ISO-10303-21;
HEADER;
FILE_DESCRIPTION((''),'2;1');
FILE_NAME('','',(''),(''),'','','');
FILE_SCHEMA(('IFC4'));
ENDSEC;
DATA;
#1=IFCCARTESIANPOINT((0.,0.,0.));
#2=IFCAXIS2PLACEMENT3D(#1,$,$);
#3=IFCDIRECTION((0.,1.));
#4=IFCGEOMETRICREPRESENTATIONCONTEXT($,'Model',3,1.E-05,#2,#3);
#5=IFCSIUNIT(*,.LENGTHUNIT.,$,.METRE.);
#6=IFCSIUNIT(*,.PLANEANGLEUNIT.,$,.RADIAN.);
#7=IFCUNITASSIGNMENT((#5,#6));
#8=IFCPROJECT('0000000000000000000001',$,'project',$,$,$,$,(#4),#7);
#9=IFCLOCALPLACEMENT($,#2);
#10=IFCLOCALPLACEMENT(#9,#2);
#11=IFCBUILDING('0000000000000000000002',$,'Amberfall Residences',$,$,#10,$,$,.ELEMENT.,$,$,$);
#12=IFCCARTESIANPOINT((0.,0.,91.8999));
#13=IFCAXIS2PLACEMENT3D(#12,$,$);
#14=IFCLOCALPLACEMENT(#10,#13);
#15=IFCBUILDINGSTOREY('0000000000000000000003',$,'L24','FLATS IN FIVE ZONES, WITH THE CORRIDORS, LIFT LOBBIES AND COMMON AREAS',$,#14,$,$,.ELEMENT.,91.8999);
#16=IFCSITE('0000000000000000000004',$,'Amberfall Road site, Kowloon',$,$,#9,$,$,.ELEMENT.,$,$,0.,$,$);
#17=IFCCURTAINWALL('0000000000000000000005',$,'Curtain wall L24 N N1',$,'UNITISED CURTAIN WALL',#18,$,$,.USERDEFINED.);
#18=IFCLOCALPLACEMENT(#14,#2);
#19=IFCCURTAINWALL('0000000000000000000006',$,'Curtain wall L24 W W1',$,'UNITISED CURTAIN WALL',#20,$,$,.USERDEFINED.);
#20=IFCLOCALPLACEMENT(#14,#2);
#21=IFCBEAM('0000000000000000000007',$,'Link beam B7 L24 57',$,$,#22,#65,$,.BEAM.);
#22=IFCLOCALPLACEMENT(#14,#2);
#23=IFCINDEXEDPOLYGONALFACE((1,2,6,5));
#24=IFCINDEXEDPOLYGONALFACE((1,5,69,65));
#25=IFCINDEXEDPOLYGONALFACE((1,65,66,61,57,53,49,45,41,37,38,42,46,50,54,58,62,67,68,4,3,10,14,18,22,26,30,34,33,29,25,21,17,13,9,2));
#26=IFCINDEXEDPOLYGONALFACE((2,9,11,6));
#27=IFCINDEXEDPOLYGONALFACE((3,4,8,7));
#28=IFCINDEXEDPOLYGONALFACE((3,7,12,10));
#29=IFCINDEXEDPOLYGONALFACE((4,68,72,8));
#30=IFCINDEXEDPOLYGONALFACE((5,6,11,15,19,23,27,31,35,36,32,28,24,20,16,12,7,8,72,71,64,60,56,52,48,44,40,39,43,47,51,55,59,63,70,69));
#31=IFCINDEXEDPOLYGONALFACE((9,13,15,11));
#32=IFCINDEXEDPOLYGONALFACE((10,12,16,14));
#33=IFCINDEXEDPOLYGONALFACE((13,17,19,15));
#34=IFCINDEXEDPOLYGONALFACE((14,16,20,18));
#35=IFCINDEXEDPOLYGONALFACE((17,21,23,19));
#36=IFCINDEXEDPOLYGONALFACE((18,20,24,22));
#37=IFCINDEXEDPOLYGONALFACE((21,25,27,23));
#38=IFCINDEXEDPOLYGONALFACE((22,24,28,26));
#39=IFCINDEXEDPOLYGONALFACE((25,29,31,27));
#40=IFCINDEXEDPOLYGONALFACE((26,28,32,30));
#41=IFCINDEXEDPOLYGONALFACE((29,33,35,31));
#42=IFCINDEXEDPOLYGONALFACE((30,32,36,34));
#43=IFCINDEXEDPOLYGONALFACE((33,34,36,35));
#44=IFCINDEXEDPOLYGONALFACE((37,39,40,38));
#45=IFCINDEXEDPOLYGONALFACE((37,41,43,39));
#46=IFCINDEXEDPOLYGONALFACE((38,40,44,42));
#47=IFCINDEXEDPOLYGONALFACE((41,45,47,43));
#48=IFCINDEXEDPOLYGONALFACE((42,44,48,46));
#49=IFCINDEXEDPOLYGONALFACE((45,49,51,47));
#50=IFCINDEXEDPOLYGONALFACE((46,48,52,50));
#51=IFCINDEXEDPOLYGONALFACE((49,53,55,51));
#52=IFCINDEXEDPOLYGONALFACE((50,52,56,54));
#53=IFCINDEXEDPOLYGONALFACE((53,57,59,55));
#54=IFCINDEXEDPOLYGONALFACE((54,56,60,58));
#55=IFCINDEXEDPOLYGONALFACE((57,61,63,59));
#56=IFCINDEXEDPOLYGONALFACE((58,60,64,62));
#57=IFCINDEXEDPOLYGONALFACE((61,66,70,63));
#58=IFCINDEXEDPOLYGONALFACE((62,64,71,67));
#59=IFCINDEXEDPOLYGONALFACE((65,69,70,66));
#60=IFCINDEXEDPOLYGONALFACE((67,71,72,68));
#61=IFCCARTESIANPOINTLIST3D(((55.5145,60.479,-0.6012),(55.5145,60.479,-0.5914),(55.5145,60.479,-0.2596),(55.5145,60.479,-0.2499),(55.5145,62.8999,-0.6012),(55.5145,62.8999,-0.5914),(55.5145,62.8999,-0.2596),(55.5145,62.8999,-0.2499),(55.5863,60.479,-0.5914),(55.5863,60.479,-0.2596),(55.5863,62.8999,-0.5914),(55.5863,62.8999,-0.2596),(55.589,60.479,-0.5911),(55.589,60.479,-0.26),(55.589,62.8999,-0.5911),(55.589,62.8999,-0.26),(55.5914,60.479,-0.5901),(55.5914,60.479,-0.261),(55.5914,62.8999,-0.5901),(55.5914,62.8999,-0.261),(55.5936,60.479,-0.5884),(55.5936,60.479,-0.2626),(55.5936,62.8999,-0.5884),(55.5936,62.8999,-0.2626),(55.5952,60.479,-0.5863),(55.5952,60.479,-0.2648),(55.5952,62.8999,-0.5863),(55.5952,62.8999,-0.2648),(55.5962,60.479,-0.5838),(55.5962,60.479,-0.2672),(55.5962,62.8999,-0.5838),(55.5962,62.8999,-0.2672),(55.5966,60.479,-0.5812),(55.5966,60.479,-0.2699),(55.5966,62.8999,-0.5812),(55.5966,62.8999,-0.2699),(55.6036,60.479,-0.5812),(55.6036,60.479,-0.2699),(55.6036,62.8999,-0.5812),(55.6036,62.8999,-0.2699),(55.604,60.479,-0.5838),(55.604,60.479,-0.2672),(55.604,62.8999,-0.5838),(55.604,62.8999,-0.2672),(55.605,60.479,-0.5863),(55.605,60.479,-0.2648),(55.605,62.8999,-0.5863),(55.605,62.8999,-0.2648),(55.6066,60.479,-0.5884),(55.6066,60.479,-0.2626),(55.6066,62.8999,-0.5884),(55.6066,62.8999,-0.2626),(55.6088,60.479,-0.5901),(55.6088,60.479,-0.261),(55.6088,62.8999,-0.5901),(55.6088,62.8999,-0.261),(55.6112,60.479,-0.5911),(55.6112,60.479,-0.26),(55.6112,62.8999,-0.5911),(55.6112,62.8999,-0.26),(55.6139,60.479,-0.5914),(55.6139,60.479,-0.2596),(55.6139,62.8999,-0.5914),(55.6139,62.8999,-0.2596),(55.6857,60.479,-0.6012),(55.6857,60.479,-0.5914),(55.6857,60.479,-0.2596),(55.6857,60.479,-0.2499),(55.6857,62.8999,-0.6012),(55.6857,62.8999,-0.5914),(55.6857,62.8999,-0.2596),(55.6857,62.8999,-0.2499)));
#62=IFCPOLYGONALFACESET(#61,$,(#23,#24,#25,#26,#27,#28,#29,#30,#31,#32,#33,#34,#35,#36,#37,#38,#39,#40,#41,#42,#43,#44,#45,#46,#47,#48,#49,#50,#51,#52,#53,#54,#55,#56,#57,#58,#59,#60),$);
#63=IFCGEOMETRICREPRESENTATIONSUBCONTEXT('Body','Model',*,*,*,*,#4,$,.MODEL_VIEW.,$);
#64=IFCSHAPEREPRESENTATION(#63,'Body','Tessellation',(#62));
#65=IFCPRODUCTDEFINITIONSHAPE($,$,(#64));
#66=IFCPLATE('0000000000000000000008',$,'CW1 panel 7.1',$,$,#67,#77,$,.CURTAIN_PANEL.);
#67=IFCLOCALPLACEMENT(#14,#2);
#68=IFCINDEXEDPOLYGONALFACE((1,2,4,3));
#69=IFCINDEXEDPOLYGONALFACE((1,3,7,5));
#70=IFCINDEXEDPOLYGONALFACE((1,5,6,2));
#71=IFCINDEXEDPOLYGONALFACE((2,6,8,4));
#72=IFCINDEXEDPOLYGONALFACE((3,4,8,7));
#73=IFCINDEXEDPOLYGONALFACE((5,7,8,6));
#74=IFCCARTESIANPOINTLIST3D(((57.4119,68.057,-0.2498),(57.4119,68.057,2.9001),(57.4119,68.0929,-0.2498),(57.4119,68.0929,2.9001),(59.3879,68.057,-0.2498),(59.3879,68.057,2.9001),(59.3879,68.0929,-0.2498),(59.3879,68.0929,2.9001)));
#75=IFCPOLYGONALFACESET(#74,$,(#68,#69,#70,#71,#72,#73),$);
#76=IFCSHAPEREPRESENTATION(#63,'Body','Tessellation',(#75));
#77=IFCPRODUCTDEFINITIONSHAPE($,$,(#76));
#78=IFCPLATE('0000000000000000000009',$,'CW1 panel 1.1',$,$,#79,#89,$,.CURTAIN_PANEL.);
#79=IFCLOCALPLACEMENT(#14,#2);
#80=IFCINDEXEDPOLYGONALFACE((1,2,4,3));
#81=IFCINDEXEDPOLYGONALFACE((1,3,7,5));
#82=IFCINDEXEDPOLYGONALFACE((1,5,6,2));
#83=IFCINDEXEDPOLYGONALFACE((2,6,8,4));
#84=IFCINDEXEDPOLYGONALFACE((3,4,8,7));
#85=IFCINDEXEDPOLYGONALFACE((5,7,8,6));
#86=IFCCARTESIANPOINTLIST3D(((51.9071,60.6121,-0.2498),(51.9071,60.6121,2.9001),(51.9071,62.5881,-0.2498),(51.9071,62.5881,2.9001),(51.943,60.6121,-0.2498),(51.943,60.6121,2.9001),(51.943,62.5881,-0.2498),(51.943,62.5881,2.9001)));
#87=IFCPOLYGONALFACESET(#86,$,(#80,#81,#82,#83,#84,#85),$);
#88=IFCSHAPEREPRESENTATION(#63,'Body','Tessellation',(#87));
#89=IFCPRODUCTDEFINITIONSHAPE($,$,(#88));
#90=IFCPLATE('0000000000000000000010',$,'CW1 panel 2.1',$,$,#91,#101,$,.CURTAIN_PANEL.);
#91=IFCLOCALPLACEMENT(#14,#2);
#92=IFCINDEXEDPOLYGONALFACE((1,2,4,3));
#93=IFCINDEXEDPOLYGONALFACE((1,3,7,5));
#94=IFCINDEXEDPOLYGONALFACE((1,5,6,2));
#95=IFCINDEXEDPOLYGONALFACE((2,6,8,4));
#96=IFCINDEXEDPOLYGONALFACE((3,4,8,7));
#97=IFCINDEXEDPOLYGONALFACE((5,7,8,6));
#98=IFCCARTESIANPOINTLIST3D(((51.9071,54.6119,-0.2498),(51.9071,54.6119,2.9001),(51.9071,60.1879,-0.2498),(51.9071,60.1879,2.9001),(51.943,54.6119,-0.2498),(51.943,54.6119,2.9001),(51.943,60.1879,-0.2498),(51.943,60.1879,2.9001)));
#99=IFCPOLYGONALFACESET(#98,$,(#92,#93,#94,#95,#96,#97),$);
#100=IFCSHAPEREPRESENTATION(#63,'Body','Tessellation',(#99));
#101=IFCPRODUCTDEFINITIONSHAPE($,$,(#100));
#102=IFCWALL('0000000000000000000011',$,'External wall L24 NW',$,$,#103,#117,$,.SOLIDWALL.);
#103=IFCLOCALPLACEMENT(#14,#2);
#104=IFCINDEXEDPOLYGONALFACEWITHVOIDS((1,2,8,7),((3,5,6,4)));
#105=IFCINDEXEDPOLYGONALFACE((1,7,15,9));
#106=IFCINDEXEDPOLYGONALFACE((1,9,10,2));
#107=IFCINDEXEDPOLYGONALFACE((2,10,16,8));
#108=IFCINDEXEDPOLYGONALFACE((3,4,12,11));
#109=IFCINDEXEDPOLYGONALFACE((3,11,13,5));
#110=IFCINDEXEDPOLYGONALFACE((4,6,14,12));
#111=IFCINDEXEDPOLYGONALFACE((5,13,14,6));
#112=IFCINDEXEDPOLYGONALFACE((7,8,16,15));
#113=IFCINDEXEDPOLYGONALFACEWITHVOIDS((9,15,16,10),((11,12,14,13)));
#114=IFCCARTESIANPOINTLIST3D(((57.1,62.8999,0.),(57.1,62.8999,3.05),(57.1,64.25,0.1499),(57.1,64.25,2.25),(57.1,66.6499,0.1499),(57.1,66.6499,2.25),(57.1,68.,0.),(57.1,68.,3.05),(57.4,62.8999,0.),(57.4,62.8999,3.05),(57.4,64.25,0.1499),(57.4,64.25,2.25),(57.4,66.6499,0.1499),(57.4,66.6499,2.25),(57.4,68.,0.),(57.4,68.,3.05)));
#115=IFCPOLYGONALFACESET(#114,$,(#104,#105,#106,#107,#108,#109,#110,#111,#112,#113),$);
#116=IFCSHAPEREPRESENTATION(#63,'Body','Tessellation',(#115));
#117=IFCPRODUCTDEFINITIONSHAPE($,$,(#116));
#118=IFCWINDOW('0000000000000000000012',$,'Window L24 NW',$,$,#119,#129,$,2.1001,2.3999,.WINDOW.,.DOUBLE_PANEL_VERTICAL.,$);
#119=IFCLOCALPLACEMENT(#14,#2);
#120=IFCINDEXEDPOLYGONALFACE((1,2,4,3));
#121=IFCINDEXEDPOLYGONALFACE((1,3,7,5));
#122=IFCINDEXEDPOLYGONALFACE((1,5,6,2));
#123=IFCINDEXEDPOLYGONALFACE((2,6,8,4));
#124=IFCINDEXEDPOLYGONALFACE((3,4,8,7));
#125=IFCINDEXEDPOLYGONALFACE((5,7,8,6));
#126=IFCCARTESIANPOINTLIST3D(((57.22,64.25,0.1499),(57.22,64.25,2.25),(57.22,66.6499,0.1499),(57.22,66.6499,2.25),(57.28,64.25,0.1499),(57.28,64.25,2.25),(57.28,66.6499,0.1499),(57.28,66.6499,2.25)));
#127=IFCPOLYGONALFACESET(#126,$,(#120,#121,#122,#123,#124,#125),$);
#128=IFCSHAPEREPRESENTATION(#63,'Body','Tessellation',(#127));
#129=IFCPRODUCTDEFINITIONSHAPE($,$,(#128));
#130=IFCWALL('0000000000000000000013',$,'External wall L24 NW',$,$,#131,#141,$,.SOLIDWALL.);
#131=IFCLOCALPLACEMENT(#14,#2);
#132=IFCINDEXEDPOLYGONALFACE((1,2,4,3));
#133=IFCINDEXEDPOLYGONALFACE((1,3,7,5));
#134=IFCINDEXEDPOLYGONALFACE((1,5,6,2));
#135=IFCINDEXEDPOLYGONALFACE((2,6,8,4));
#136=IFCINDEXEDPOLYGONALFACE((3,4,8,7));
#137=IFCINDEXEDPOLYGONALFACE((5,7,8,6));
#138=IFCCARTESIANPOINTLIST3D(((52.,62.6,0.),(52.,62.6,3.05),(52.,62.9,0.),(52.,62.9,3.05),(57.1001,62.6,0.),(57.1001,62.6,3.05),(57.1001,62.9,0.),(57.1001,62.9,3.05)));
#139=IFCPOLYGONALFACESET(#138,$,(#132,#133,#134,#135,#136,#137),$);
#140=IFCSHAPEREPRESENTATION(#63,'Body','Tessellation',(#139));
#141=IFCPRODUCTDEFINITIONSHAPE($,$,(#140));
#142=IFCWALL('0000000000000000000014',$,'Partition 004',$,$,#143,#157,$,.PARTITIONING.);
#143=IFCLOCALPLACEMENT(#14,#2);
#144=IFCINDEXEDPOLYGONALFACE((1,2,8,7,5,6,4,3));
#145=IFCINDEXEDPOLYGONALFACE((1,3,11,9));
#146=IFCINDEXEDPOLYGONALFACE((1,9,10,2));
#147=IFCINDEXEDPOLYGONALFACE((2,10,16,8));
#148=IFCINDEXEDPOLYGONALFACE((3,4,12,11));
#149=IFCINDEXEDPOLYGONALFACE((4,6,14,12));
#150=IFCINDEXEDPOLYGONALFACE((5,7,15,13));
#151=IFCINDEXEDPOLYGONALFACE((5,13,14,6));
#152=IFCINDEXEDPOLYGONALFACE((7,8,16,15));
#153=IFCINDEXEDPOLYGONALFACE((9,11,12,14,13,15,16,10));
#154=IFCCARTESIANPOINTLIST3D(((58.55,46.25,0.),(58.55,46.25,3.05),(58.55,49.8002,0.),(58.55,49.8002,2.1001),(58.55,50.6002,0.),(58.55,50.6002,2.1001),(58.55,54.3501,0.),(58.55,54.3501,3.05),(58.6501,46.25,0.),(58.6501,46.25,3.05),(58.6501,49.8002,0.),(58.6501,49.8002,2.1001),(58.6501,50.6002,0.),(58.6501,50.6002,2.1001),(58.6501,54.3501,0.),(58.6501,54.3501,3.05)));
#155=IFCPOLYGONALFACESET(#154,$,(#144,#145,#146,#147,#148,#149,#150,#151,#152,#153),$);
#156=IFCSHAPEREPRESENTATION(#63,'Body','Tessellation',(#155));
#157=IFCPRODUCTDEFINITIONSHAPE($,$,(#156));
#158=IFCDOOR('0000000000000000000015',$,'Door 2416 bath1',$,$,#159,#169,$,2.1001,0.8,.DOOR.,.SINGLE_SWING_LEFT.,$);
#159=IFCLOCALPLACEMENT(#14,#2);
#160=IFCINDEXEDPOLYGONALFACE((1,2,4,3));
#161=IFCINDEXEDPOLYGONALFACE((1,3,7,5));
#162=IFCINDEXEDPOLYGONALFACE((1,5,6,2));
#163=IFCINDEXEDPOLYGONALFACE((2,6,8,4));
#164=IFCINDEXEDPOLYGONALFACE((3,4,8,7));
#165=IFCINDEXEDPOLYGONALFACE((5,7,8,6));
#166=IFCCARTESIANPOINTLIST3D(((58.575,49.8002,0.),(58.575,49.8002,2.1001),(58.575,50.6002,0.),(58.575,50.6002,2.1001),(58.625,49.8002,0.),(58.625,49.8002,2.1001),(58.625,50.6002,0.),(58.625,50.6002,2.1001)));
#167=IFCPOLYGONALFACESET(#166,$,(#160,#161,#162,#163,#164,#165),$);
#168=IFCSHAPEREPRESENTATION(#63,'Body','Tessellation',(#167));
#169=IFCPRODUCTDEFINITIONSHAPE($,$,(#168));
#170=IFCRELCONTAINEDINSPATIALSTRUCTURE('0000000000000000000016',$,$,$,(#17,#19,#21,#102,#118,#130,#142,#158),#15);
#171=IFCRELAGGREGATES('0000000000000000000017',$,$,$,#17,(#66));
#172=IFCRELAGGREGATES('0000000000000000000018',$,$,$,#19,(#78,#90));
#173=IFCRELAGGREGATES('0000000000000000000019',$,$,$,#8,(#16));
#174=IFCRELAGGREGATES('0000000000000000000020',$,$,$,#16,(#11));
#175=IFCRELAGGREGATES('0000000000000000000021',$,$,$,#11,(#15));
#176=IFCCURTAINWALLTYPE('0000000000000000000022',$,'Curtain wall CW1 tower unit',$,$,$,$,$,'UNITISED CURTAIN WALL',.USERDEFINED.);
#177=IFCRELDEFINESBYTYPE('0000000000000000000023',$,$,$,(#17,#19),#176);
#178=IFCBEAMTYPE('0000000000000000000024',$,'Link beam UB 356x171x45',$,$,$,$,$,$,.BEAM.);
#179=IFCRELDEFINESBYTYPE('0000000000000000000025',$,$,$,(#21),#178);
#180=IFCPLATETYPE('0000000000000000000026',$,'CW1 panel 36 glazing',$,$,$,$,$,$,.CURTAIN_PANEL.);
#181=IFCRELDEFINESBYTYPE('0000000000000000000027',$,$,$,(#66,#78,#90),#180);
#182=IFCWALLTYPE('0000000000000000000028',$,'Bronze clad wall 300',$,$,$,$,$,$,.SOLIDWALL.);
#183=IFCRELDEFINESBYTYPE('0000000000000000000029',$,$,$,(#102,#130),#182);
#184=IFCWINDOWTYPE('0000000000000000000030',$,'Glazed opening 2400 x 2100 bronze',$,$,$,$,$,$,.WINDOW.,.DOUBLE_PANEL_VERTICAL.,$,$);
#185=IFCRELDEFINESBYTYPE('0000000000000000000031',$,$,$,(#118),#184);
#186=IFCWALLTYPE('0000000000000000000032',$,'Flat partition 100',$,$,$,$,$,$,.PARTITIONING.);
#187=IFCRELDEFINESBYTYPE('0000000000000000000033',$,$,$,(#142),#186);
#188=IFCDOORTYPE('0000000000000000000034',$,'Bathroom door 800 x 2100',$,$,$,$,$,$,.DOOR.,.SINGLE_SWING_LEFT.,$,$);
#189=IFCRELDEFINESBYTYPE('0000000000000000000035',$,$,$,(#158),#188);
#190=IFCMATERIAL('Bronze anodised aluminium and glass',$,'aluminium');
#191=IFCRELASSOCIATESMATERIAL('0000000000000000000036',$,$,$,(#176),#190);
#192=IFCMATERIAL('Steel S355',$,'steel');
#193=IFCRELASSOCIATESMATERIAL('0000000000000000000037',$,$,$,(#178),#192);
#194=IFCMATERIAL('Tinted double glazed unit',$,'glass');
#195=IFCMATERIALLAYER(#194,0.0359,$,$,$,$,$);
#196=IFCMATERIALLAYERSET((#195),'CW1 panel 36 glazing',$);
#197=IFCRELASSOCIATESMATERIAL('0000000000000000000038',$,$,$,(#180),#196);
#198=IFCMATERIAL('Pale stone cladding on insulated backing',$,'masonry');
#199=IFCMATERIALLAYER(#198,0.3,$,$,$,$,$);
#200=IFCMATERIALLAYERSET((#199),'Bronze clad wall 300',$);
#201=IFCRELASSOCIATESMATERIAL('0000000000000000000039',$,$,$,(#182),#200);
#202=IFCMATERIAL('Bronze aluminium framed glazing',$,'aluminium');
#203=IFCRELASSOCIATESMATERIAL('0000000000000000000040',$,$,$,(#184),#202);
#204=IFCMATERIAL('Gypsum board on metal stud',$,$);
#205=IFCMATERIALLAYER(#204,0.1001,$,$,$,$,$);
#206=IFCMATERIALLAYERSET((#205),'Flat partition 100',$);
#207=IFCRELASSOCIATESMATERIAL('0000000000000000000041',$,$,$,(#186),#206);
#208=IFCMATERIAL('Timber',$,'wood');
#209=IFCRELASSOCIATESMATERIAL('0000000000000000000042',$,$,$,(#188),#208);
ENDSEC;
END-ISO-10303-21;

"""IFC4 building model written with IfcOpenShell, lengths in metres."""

from ifc_helpers import new_model, si_unit, direction, frame, frame_2d, origin, origin_2d, place, context, subcontext, project, spatial, rectangle, i_section, extrude, material, layer, layer_set, material_profile, profile_set, type_object, element, fill, aggregate, save


model = new_model("IFC4")

# Units and contexts
model_context = context("Model", 3, precision=1e-05, world=origin(), true_north=direction((0.0, 1.0)))
body_context = subcontext(model_context, "Body", "Model", "MODEL_VIEW")
ifc_project = project(units=[si_unit("LENGTHUNIT", "METRE"), si_unit("PLANEANGLEUNIT", "RADIAN")], contexts=[model_context])

# Site, building, storey
site_placement = place(None, origin())
site = spatial("IfcSite", under=ifc_project, at=site_placement, Name="Amberfall Road site, Kowloon", CompositionType="ELEMENT", RefElevation=0.0)
building_placement = place(site_placement, origin())
building = spatial("IfcBuilding", under=site, at=building_placement, Name="Amberfall Residences", CompositionType="ELEMENT")
storey_placement = place(building_placement, frame((0.0, 0.0, 91.8999)))
storey = spatial("IfcBuildingStorey", under=building, at=storey_placement, Name="L24", Description="FLATS IN FIVE ZONES, WITH THE CORRIDORS, LIFT LOBBIES AND COMMON AREAS", CompositionType="ELEMENT", Elevation=91.8999)

# Curtain wall
ifc_material_1 = material(Name="Bronze anodised aluminium and glass", Category="aluminium")
curtain_wall_type = type_object("IfcCurtainWallType", Name="Curtain wall CW1 tower unit", ElementType="UNITISED CURTAIN WALL", PredefinedType="USERDEFINED", material=ifc_material_1)
curtain_wall_1_placement = place(storey_placement, origin())
curtain_wall_1 = element("IfcCurtainWall", 1, at=curtain_wall_1_placement, inside=storey, type_object=curtain_wall_type, Name="Curtain wall L24 N N1", ObjectType="UNITISED CURTAIN WALL", PredefinedType="USERDEFINED")

# Curtain wall
curtain_wall_2_placement = place(storey_placement, origin())
curtain_wall_2 = element("IfcCurtainWall", 2, at=curtain_wall_2_placement, inside=storey, type_object=curtain_wall_type, Name="Curtain wall L24 W W1", ObjectType="UNITISED CURTAIN WALL", PredefinedType="USERDEFINED")

# Shared definitions
ifc_material_2 = material(Name="Steel S355", Category="steel")

# Beam
ifc_material_profile_1 = material_profile(ifc_material_2, i_section(OverallWidth=0.1711, OverallDepth=0.3513, WebThickness=0.0071, FlangeThickness=0.0098, FilletRadius=0.0103, at=origin_2d()), Name="UB 356x171x45")
ifc_profile_set_1 = profile_set([ifc_material_profile_1], Name="Steel S355")
beam_type_1 = type_object("IfcBeamType", Name="Link beam UB 356x171x45", PredefinedType="BEAM", material=ifc_profile_set_1)
beam_1_placement = place(storey_placement, frame((55.6001, 62.8999, -0.4255), z_axis=(0.0, -1.0, 0.0), x_axis=(1.0, 0.0, 0.0)))
element("IfcBeam", 3, at=beam_1_placement, inside=storey, type_object=beam_type_1, Name="Link beam B7 L24 57", PredefinedType="BEAM", context=body_context, shape_type="SweptSolid", body=[
    extrude(i_section(OverallWidth=0.1711, OverallDepth=0.3513, WebThickness=0.0071, FlangeThickness=0.0098, FilletRadius=0.0103, at=origin_2d()), origin(), (0.0, 0.0, 1.0), 2.4209),
])

# Plates
ifc_material_3 = material(Name="Tinted double glazed unit", Category="glass")
ifc_layer_1 = layer(ifc_material_3, 0.0359)
ifc_layer_set_1 = layer_set([ifc_layer_1], Name="CW1 panel 36 glazing")
plate_type = type_object("IfcPlateType", Name="CW1 panel 36 glazing", PredefinedType="CURTAIN_PANEL", material=ifc_layer_set_1)
plate_1_placement = place(storey_placement, frame((58.3999, 68.075, -0.2498), z_axis=(0.0, 0.0, 1.0), x_axis=(-1.0, 0.0, 0.0)))
plate_1 = element("IfcPlate", 4, at=plate_1_placement, type_object=plate_type, Name="CW1 panel 7.1", PredefinedType="CURTAIN_PANEL", context=body_context, shape_type="SweptSolid", body=[
    extrude(rectangle(XDim=1.9761, YDim=0.0359, at=origin_2d()), origin(), (0.0, 0.0, 1.0), 3.1499),
])
aggregate(curtain_wall_1, [plate_1])
plate_2_placement = place(storey_placement, frame((51.925, 61.6001, -0.2498), z_axis=(0.0, 0.0, 1.0), x_axis=(0.0, -1.0, 0.0)))
plate_2 = element("IfcPlate", 5, at=plate_2_placement, type_object=plate_type, Name="CW1 panel 1.1", PredefinedType="CURTAIN_PANEL", context=body_context, shape_type="SweptSolid", body=[
    extrude(rectangle(XDim=1.9761, YDim=0.0359, at=origin_2d()), origin(), (0.0, 0.0, 1.0), 3.1499),
])
plate_3_placement = place(storey_placement, frame((51.925, 57.3999, -0.2498), z_axis=(0.0, 0.0, 1.0), x_axis=(0.0, -1.0, 0.0)))
plate_3 = element("IfcPlate", 6, at=plate_3_placement, type_object=plate_type, Name="CW1 panel 2.1", PredefinedType="CURTAIN_PANEL", context=body_context, shape_type="SweptSolid", body=[
    extrude(rectangle(XDim=5.5759, YDim=0.0359, at=origin_2d()), origin(), (0.0, 0.0, 1.0), 3.1499),
])
aggregate(curtain_wall_2, [plate_2, plate_3])

# Wall, opening, window
ifc_material_4 = material(Name="Pale stone cladding on insulated backing", Category="masonry")
ifc_layer_2 = layer(ifc_material_4, 0.3)
ifc_layer_set_2 = layer_set([ifc_layer_2], Name="Bronze clad wall 300")
wall_type_1 = type_object("IfcWallType", Name="Bronze clad wall 300", PredefinedType="SOLIDWALL", material=ifc_layer_set_2)
wall_1_placement = place(storey_placement, frame((57.25, 68.0, 0.0), z_axis=(0.0, 0.0, 1.0), x_axis=(0.0, -1.0, 0.0)))
wall_1 = element("IfcWall", 7, at=wall_1_placement, inside=storey, type_object=wall_type_1, Name="External wall L24 NW", PredefinedType="SOLIDWALL", context=body_context, shape_type="SweptSolid", body=[
    extrude(rectangle(XDim=5.1001, YDim=0.3, at=frame_2d((2.55, 0.0))), origin(), (0.0, 0.0, 1.0), 3.05),
])
opening_1_placement = place(wall_1_placement, frame((1.3501, 0.0, 0.1499)))
opening_1 = element("IfcOpeningElement", 8, at=opening_1_placement, cuts=wall_1, PredefinedType="OPENING", context=body_context, shape_type="SweptSolid", body=[
    extrude(rectangle(XDim=2.3999, YDim=2.1001, at=frame_2d((1.2, 1.05))), frame((0.0, 0.1599, 0.0), z_axis=(0.0, -1.0, 0.0), x_axis=(1.0, 0.0, 0.0)), (0.0, 0.0, 1.0), 0.3201),
])
ifc_material_5 = material(Name="Bronze aluminium framed glazing", Category="aluminium")
window_type = type_object("IfcWindowType", Name="Glazed opening 2400 x 2100 bronze", PartitioningType="DOUBLE_PANEL_VERTICAL", PredefinedType="WINDOW", material=ifc_material_5)
window_placement = place(opening_1_placement, origin())
window = element("IfcWindow", 9, at=window_placement, inside=storey, type_object=window_type, Name="Window L24 NW", OverallHeight=2.1001, OverallWidth=2.3999, PartitioningType="DOUBLE_PANEL_VERTICAL", PredefinedType="WINDOW", context=body_context, shape_type="SweptSolid", body=[
    extrude(rectangle(XDim=2.3999, YDim=2.1001, at=frame_2d((1.2, 1.05))), frame((0.0, 0.03, 0.0), z_axis=(0.0, -1.0, 0.0), x_axis=(1.0, 0.0, 0.0)), (0.0, 0.0, 1.0), 0.0601),
])
fill(opening_1, window)

# Wall
wall_2_placement = place(storey_placement, frame((57.1001, 62.75, 0.0), z_axis=(0.0, 0.0, 1.0), x_axis=(-1.0, 0.0, 0.0)))
element("IfcWall", 10, at=wall_2_placement, inside=storey, type_object=wall_type_1, Name="External wall L24 NW", PredefinedType="SOLIDWALL", context=body_context, shape_type="SweptSolid", body=[
    extrude(rectangle(XDim=5.1001, YDim=0.3, at=frame_2d((2.55, 0.0))), origin(), (0.0, 0.0, 1.0), 3.05),
])

# Wall, opening, door
ifc_material_6 = material(Name="Gypsum board on metal stud")
ifc_layer_3 = layer(ifc_material_6, 0.1001)
ifc_layer_set_3 = layer_set([ifc_layer_3], Name="Flat partition 100")
wall_type_2 = type_object("IfcWallType", Name="Flat partition 100", PredefinedType="PARTITIONING", material=ifc_layer_set_3)
wall_3_placement = place(storey_placement, frame((58.6001, 54.3501, 0.0), z_axis=(0.0, 0.0, 1.0), x_axis=(0.0, -1.0, 0.0)))
wall_3 = element("IfcWall", 11, at=wall_3_placement, inside=storey, type_object=wall_type_2, Name="Partition 004", PredefinedType="PARTITIONING", context=body_context, shape_type="SweptSolid", body=[
    extrude(rectangle(XDim=8.1001, YDim=0.1001, at=frame_2d((4.05, 0.0))), origin(), (0.0, 0.0, 1.0), 3.05),
])
opening_2_placement = place(wall_3_placement, frame((3.75, 0.0, 0.0)))
opening_2 = element("IfcOpeningElement", 12, at=opening_2_placement, cuts=wall_3, PredefinedType="OPENING", context=body_context, shape_type="SweptSolid", body=[
    extrude(rectangle(XDim=0.8, YDim=2.1001, at=frame_2d((0.3999, 1.05))), frame((0.0, 0.0601, 0.0), z_axis=(0.0, -1.0, 0.0), x_axis=(1.0, 0.0, 0.0)), (0.0, 0.0, 1.0), 0.1201),
])
ifc_material_7 = material(Name="Timber", Category="wood")
door_type = type_object("IfcDoorType", Name="Bathroom door 800 x 2100", OperationType="SINGLE_SWING_LEFT", PredefinedType="DOOR", material=ifc_material_7)
door_placement = place(opening_2_placement, origin())
door = element("IfcDoor", 13, at=door_placement, inside=storey, type_object=door_type, Name="Door 2416 bath1", OperationType="SINGLE_SWING_LEFT", OverallHeight=2.1001, OverallWidth=0.8, PredefinedType="DOOR", context=body_context, shape_type="SweptSolid", body=[
    extrude(rectangle(XDim=0.8, YDim=2.1001, at=frame_2d((0.3999, 1.05))), frame((0.0, 0.0249, 0.0), z_axis=(0.0, -1.0, 0.0), x_axis=(1.0, 0.0, 0.0)), (0.0, 0.0, 1.0), 0.05),
])
fill(opening_2, door)

save(model, "model.ifc")
